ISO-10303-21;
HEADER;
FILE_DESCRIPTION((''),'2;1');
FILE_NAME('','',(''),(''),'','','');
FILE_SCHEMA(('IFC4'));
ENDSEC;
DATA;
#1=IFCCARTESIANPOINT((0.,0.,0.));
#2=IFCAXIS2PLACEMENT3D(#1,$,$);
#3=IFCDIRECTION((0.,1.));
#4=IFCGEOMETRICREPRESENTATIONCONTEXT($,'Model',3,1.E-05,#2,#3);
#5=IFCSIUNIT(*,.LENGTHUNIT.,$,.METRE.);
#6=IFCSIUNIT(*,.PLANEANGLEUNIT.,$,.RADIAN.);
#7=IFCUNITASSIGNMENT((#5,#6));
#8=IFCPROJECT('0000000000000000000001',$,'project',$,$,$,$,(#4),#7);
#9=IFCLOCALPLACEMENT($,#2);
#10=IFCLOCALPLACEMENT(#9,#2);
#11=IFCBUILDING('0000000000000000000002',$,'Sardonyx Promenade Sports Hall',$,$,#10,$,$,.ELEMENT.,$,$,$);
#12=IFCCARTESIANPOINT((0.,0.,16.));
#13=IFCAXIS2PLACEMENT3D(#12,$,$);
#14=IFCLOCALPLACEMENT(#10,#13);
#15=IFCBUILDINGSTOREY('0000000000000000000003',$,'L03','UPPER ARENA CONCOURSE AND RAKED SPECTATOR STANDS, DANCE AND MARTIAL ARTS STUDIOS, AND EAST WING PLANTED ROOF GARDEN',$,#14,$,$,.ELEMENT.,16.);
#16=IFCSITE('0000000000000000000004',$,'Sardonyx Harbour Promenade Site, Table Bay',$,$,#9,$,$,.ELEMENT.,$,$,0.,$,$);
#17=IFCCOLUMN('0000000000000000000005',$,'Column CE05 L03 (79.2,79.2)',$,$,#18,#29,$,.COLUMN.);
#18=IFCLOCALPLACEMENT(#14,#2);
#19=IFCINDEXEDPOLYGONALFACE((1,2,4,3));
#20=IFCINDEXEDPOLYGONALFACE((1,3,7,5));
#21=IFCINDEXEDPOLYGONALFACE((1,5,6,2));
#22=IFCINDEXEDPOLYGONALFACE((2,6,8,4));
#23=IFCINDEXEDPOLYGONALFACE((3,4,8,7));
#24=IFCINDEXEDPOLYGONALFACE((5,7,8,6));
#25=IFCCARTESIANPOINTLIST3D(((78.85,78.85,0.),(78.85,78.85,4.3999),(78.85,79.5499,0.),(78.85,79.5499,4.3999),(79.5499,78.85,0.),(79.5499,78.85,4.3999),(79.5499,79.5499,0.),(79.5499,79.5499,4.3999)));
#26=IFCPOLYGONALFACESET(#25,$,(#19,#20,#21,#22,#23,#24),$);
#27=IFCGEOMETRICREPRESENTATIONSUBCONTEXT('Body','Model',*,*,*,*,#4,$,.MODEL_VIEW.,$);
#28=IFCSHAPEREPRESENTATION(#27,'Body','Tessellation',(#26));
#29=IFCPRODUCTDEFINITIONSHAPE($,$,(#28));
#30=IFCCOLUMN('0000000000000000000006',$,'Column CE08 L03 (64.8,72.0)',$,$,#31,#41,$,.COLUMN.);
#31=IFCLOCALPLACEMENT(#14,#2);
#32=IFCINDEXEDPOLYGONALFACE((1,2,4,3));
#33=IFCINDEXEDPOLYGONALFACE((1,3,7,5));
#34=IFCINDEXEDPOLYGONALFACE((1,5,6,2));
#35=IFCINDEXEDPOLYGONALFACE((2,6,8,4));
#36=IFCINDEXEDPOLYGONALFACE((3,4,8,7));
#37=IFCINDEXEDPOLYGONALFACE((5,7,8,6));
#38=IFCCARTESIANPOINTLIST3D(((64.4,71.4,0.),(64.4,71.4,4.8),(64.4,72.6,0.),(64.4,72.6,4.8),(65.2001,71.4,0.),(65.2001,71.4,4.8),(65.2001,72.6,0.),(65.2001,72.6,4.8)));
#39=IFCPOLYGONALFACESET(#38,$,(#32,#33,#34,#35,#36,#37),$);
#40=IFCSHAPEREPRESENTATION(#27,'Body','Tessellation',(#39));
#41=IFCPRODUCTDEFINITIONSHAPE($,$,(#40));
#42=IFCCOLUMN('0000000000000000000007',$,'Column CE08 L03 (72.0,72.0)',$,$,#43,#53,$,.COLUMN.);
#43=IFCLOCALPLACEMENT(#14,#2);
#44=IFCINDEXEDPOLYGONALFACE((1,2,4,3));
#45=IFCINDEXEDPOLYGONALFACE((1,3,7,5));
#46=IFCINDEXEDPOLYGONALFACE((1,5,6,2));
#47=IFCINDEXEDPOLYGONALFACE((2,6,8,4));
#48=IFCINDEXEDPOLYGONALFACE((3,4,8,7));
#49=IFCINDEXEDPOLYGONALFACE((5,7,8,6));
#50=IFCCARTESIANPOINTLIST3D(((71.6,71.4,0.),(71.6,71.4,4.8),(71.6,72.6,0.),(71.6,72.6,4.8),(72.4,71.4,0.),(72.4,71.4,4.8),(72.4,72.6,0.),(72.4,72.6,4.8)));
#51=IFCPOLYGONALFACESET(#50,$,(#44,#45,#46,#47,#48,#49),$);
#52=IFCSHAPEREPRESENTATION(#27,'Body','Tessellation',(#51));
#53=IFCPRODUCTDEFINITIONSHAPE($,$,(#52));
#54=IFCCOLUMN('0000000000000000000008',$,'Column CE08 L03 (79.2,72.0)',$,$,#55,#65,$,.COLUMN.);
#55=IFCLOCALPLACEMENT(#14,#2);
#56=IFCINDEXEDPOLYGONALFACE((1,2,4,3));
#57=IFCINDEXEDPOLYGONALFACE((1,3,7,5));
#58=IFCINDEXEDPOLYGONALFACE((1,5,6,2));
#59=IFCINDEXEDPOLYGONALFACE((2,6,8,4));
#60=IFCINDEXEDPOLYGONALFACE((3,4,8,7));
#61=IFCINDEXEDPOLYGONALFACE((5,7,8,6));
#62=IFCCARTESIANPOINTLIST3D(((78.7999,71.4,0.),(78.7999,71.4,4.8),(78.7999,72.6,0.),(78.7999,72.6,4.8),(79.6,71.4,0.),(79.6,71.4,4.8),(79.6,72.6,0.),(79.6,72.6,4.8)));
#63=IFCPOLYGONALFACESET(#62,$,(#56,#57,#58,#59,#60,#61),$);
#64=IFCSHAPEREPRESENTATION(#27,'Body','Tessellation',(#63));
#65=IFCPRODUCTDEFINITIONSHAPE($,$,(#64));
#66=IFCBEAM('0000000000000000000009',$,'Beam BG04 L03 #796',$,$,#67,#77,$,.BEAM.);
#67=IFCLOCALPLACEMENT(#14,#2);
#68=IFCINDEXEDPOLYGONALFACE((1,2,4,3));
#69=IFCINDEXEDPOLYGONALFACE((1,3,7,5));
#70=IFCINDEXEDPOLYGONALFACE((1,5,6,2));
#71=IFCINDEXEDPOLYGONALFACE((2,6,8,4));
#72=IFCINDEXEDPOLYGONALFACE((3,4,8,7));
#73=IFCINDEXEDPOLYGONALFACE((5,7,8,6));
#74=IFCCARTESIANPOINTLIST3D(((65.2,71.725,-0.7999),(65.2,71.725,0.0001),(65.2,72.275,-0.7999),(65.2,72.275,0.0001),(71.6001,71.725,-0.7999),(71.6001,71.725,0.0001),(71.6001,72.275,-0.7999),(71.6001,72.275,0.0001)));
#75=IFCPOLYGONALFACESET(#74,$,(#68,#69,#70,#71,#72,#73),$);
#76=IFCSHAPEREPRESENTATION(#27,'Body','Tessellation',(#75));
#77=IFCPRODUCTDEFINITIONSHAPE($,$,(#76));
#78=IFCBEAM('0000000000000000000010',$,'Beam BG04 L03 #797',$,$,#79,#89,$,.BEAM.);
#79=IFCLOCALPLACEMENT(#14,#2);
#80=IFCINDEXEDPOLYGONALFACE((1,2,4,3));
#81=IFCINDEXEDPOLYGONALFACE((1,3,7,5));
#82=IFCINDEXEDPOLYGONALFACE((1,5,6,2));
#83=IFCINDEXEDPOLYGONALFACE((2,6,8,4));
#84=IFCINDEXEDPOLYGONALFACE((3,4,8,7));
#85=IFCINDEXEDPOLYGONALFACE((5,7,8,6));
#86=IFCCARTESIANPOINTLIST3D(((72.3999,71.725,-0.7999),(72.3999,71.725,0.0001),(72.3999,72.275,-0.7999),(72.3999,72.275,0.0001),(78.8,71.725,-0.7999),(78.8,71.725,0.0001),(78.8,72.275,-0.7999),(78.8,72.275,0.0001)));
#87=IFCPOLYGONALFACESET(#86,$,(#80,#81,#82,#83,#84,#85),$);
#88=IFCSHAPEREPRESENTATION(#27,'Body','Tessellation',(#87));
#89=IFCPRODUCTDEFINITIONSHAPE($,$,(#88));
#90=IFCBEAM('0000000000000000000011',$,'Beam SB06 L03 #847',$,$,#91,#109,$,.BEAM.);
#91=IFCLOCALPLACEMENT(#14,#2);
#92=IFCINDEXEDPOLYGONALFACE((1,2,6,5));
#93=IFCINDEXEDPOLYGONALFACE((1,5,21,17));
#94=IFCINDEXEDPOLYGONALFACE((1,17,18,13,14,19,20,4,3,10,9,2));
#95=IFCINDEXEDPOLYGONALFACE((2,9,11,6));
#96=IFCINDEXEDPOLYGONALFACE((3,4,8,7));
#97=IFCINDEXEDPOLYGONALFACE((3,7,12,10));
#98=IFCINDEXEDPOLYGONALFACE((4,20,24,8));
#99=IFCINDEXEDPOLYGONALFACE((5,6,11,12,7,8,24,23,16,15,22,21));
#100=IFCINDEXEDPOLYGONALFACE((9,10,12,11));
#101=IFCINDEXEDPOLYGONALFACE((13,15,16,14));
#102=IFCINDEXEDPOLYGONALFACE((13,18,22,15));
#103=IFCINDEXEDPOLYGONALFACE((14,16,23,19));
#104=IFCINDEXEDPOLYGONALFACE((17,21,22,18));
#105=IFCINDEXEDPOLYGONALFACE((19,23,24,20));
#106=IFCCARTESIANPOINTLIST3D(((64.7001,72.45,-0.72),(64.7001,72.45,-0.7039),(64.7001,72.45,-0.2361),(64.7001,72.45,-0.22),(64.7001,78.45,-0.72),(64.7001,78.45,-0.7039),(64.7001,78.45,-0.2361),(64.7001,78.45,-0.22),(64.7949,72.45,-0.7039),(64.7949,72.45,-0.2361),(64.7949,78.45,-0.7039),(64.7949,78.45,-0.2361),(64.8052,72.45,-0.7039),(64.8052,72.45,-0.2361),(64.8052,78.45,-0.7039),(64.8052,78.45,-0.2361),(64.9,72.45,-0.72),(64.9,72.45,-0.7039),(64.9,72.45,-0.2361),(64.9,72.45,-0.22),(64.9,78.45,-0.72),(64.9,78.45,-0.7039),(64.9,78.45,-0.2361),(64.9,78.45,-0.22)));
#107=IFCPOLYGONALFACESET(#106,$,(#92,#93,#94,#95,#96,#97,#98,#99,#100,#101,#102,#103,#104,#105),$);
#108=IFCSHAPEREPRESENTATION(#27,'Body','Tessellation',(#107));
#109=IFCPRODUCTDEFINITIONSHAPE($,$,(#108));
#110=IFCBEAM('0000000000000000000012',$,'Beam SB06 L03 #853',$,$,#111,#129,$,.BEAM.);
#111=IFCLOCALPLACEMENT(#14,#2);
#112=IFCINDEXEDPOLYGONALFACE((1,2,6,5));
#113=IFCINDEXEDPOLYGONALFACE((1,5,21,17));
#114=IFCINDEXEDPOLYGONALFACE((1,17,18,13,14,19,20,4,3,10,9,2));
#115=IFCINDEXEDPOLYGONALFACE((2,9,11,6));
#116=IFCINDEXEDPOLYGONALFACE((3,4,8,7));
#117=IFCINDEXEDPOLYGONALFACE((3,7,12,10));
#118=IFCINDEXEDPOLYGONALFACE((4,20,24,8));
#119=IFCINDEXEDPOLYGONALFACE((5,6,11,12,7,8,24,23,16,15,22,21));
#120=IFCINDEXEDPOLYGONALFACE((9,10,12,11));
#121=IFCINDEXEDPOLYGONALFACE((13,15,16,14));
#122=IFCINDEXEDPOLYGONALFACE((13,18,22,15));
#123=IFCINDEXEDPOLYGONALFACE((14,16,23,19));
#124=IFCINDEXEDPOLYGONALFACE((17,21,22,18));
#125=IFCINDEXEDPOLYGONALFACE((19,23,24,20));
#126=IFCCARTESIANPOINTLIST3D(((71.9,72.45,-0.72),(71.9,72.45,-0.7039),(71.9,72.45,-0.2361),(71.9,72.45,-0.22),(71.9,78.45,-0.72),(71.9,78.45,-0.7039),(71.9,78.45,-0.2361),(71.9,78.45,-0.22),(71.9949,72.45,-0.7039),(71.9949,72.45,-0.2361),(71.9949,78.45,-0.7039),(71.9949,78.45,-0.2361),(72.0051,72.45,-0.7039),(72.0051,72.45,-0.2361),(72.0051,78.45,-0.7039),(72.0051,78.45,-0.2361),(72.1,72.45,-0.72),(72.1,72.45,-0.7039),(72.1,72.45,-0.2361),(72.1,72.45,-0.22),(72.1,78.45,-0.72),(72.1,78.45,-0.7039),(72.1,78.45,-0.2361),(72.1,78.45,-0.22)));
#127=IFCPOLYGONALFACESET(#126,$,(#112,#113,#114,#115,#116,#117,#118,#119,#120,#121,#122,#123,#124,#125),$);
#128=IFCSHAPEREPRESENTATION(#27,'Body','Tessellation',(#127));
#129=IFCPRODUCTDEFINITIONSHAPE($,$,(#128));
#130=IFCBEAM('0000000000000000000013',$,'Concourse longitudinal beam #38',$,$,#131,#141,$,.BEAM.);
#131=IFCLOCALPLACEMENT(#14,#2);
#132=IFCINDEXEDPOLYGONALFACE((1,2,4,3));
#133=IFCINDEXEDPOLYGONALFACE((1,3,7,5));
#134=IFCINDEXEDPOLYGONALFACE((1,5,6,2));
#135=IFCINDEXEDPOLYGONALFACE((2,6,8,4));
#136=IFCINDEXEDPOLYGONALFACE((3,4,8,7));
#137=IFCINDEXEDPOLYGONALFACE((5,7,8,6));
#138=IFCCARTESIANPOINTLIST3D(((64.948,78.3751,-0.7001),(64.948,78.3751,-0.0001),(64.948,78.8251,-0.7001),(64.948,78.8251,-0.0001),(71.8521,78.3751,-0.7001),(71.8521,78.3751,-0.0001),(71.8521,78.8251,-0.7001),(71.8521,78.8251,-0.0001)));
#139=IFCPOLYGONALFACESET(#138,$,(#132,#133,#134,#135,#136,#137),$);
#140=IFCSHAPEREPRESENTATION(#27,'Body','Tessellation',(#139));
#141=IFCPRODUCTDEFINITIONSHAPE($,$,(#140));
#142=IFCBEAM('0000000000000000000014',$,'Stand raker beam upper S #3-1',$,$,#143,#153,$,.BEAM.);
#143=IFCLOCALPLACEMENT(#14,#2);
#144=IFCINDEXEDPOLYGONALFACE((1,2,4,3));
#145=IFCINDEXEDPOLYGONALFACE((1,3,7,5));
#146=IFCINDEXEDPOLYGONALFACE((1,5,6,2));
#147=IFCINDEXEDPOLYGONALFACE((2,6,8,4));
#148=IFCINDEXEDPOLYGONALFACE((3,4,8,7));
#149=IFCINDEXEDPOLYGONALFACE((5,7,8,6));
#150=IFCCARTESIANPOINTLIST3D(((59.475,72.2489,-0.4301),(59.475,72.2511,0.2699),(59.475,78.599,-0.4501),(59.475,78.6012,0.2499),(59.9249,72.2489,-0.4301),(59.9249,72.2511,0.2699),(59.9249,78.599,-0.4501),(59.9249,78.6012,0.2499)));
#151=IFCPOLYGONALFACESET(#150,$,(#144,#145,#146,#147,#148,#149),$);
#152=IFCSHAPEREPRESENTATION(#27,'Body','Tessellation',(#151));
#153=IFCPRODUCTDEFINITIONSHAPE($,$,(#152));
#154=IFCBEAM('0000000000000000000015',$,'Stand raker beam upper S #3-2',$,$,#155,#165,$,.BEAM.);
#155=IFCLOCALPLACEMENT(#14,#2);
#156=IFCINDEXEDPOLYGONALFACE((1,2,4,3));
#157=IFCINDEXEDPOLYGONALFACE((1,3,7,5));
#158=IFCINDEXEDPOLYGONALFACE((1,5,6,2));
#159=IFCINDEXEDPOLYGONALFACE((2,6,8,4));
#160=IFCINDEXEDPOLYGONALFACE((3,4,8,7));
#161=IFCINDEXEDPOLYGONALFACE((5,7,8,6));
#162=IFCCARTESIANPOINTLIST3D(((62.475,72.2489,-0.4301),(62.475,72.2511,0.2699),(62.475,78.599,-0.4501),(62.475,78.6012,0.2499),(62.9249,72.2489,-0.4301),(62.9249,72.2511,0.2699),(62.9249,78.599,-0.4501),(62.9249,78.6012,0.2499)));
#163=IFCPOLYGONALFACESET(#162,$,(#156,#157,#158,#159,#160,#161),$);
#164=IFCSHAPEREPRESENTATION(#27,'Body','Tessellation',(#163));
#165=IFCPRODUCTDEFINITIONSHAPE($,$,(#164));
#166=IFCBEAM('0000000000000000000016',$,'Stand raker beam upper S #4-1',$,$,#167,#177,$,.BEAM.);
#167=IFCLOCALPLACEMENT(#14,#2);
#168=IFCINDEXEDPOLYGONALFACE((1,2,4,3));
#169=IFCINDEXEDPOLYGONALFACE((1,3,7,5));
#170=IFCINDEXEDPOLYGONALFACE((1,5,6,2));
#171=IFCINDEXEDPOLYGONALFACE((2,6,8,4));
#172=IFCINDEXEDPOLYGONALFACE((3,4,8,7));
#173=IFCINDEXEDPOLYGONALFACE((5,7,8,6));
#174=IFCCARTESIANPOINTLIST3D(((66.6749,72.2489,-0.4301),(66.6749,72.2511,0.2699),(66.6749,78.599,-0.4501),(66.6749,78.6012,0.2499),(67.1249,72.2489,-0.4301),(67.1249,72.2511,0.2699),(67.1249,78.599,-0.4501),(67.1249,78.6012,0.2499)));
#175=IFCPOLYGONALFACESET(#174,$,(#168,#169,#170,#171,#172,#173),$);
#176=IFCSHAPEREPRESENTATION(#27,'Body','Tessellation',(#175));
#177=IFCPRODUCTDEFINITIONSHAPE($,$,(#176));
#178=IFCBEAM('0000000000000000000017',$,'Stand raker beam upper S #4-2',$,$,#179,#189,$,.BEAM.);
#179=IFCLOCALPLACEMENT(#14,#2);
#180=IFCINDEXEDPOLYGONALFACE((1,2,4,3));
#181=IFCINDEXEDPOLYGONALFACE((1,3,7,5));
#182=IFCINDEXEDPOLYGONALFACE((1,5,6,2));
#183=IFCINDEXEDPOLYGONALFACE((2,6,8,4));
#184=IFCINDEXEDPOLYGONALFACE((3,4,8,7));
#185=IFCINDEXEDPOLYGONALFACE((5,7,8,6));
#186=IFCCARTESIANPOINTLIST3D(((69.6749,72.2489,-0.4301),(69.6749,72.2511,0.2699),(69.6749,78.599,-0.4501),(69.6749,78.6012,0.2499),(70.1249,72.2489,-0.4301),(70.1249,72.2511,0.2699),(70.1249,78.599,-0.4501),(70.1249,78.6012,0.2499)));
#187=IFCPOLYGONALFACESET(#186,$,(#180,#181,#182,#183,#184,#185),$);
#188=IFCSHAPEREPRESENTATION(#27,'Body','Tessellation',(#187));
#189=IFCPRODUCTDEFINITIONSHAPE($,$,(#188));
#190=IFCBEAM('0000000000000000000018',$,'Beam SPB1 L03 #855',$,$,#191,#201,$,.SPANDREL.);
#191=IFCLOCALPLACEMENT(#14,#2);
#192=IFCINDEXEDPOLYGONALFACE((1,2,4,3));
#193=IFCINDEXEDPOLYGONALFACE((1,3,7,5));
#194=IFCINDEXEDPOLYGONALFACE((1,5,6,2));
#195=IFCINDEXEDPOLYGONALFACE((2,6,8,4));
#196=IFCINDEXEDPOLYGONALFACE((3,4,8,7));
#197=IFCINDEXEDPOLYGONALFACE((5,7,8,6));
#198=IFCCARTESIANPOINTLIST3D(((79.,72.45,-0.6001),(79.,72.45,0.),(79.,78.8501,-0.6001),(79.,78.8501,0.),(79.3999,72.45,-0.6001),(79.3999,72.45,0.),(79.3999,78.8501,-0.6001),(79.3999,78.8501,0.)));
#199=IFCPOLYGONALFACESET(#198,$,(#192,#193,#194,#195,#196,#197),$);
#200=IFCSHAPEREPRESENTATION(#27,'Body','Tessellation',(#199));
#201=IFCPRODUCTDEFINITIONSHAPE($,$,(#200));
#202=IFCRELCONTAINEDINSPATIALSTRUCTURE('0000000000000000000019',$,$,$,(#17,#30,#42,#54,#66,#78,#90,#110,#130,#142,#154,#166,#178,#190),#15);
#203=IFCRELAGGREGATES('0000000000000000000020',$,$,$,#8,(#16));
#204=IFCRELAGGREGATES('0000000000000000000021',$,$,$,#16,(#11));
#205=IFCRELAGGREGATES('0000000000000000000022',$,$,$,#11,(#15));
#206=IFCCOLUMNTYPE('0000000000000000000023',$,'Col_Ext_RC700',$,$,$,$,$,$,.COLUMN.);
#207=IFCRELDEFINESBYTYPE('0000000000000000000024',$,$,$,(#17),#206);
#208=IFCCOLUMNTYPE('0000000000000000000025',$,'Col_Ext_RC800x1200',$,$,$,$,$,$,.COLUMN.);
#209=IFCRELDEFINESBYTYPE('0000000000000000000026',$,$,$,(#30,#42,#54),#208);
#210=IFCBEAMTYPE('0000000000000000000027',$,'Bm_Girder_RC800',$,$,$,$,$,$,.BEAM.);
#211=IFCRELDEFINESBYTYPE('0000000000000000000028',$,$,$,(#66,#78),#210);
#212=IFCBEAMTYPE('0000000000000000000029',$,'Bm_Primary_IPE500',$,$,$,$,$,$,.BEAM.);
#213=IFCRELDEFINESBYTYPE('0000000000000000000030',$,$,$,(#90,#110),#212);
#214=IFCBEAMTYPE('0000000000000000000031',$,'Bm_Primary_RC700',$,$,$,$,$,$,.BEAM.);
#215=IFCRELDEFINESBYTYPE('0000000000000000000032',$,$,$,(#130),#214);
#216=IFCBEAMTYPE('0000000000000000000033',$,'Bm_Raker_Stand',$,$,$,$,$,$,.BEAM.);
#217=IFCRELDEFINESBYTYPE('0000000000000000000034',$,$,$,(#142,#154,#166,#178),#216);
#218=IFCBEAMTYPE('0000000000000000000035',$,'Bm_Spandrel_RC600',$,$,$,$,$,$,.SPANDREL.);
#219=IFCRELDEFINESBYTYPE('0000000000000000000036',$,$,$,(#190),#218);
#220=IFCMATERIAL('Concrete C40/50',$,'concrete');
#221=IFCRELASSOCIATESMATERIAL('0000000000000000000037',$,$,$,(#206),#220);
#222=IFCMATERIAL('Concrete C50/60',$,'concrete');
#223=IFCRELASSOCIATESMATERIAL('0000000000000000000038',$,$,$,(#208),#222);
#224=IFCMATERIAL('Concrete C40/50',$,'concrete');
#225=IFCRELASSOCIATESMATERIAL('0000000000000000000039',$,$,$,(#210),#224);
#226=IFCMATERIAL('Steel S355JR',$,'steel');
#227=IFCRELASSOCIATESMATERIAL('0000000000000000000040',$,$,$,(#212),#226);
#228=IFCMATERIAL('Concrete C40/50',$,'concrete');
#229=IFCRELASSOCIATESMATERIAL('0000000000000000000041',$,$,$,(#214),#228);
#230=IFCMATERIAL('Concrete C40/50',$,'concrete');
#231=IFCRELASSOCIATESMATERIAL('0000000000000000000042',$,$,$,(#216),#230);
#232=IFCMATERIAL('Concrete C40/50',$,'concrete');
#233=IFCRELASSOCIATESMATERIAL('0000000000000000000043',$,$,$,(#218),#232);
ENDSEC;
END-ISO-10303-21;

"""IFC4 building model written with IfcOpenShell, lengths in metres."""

from ifc_helpers import new_model, si_unit, direction, frame, origin, origin_2d, place, context, subcontext, project, spatial, rectangle, i_section, extrude, material, material_profile, profile_set, type_object, element, save


model = new_model("IFC4")

# Units and contexts
model_context = context("Model", 3, precision=1e-05, world=origin(), true_north=direction((0.0, 1.0)))
body_context = subcontext(model_context, "Body", "Model", "MODEL_VIEW")
ifc_project = project(units=[si_unit("LENGTHUNIT", "METRE"), si_unit("PLANEANGLEUNIT", "RADIAN")], contexts=[model_context])

# Site, building, storey
site_placement = place(None, origin())
site = spatial("IfcSite", under=ifc_project, at=site_placement, Name="Sardonyx Harbour Promenade Site, Table Bay", CompositionType="ELEMENT", RefElevation=0.0)
building_placement = place(site_placement, origin())
building = spatial("IfcBuilding", under=site, at=building_placement, Name="Sardonyx Promenade Sports Hall", CompositionType="ELEMENT")
storey_placement = place(building_placement, frame((0.0, 0.0, 16.0)))
storey = spatial("IfcBuildingStorey", under=building, at=storey_placement, Name="L03", Description="UPPER ARENA CONCOURSE AND RAKED SPECTATOR STANDS, DANCE AND MARTIAL ARTS STUDIOS, AND EAST WING PLANTED ROOF GARDEN", CompositionType="ELEMENT", Elevation=16.0)

# Columns
ifc_material_1 = material(Name="Concrete C40/50", Category="concrete")
ifc_material_profile_1 = material_profile(ifc_material_1, rectangle(XDim=0.7, YDim=0.7, at=origin_2d()))
ifc_profile_set_1 = profile_set([ifc_material_profile_1], Name="Concrete C40/50")
column_type_1 = type_object("IfcColumnType", Name="Col_Ext_RC700", PredefinedType="COLUMN", material=ifc_profile_set_1)
column_placement = place(storey_placement, frame((79.2, 79.2, 0.0), z_axis=(0.0, 0.0, 1.0), x_axis=(1.0, 0.0, 0.0)))
element("IfcColumn", 1, at=column_placement, inside=storey, type_object=column_type_1, Name="Column CE05 L03 (79.2,79.2)", PredefinedType="COLUMN", context=body_context, shape_type="SweptSolid", body=[
    extrude(rectangle(XDim=0.7, YDim=0.7, at=origin_2d()), origin(), (0.0, 0.0, 1.0), 4.3999),
])
ifc_material_2 = material(Name="Concrete C50/60", Category="concrete")
ifc_material_profile_2 = material_profile(ifc_material_2, rectangle(XDim=0.8, YDim=1.2, at=origin_2d()))
ifc_profile_set_2 = profile_set([ifc_material_profile_2], Name="Concrete C50/60")
column_type_2 = type_object("IfcColumnType", Name="Col_Ext_RC800x1200", PredefinedType="COLUMN", material=ifc_profile_set_2)
for number, where, z_axis, x_axis, name in (
    (2, (64.8, 72.0, 0.0), (0.0, 0.0, 1.0), (1.0, 0.0, 0.0), "Column CE08 L03 (64.8,72.0)"),
    (3, (72.0, 72.0, 0.0), (0.0, 0.0, 1.0), (1.0, 0.0, 0.0), "Column CE08 L03 (72.0,72.0)"),
    (4, (79.2, 72.0, 0.0), (0.0, 0.0, 1.0), (1.0, 0.0, 0.0), "Column CE08 L03 (79.2,72.0)"),
):
    element("IfcColumn", number, at=place(storey_placement, frame(where, z_axis=z_axis, x_axis=x_axis)), inside=storey, type_object=column_type_2, Name=name, PredefinedType="COLUMN", context=body_context, shape_type="SweptSolid", body=[
        extrude(rectangle(XDim=0.8, YDim=1.2, at=origin_2d()), origin(), (0.0, 0.0, 1.0), 4.8),
    ])

# Beams
ifc_material_3 = material(Name="Concrete C40/50", Category="concrete")
ifc_material_profile_3 = material_profile(ifc_material_3, rectangle(XDim=0.55, YDim=0.8, at=origin_2d()))
ifc_profile_set_3 = profile_set([ifc_material_profile_3], Name="Concrete C40/50")
beam_type_1 = type_object("IfcBeamType", Name="Bm_Girder_RC800", PredefinedType="BEAM", material=ifc_profile_set_3)
for number, where, z_axis, x_axis, name in (
    (5, (65.2, 72.0, -0.3999), (1.0, 0.0, 0.0), (0.0, 1.0, 0.0), "Beam BG04 L03 #796"),
    (6, (72.3999, 72.0, -0.3999), (1.0, 0.0, 0.0), (0.0, 1.0, 0.0), "Beam BG04 L03 #797"),
):
    element("IfcBeam", number, at=place(storey_placement, frame(where, z_axis=z_axis, x_axis=x_axis)), inside=storey, type_object=beam_type_1, Name=name, PredefinedType="BEAM", context=body_context, shape_type="SweptSolid", body=[
        extrude(rectangle(XDim=0.55, YDim=0.8, at=origin_2d()), origin(), (0.0, 0.0, 1.0), 6.4001),
    ])
ifc_material_4 = material(Name="Steel S355JR", Category="steel")
ifc_material_profile_4 = material_profile(ifc_material_4, i_section(OverallWidth=0.2, OverallDepth=0.5, WebThickness=0.0103, FlangeThickness=0.0161, at=origin_2d()))
ifc_profile_set_4 = profile_set([ifc_material_profile_4], Name="Steel S355JR")
beam_type_2 = type_object("IfcBeamType", Name="Bm_Primary_IPE500", PredefinedType="BEAM", material=ifc_profile_set_4)
for number, where, z_axis, x_axis, name in (
    (7, (64.8, 72.45, -0.47), (0.0, 1.0, 0.0), (-1.0, 0.0, 0.0), "Beam SB06 L03 #847"),
    (8, (72.0, 72.45, -0.47), (0.0, 1.0, 0.0), (-1.0, 0.0, 0.0), "Beam SB06 L03 #853"),
):
    element("IfcBeam", number, at=place(storey_placement, frame(where, z_axis=z_axis, x_axis=x_axis)), inside=storey, type_object=beam_type_2, Name=name, PredefinedType="BEAM", context=body_context, shape_type="SweptSolid", body=[
        extrude(i_section(OverallWidth=0.2, OverallDepth=0.5, WebThickness=0.0103, FlangeThickness=0.0161, at=origin_2d()), origin(), (0.0, 0.0, 1.0), 6.0),
    ])
ifc_material_5 = material(Name="Concrete C40/50", Category="concrete")
ifc_material_profile_5 = material_profile(ifc_material_5, rectangle(XDim=0.45, YDim=0.7, at=origin_2d()))
ifc_profile_set_5 = profile_set([ifc_material_profile_5], Name="Concrete C40/50")
beam_type_3 = type_object("IfcBeamType", Name="Bm_Primary_RC700", PredefinedType="BEAM", material=ifc_profile_set_5)
beam_1_placement = place(storey_placement, frame((64.948, 78.6001, -0.3501), z_axis=(1.0, 0.0, 0.0), x_axis=(0.0, 1.0, 0.0)))
element("IfcBeam", 9, at=beam_1_placement, inside=storey, type_object=beam_type_3, Name="Concourse longitudinal beam #38", PredefinedType="BEAM", context=body_context, shape_type="SweptSolid", body=[
    extrude(rectangle(XDim=0.45, YDim=0.7, at=origin_2d()), origin(), (0.0, 0.0, 1.0), 6.9041),
])
ifc_material_6 = material(Name="Concrete C40/50", Category="concrete")
ifc_material_profile_6 = material_profile(ifc_material_6, rectangle(XDim=0.45, YDim=0.7, at=origin_2d()))
ifc_profile_set_6 = profile_set([ifc_material_profile_6], Name="Concrete C40/50")
beam_type_4 = type_object("IfcBeamType", Name="Bm_Raker_Stand", PredefinedType="BEAM", material=ifc_profile_set_6)
for number, where, z_axis, x_axis, name in (
    (10, (59.7, 78.6001, -0.1001), (0.0, -0.999995, 0.003153), (1.0, 0.0, 0.0), "Stand raker beam upper S #3-1"),
    (11, (62.7, 78.6001, -0.1001), (0.0, -0.999995, 0.003153), (1.0, 0.0, 0.0), "Stand raker beam upper S #3-2"),
    (12, (66.8999, 78.6001, -0.1001), (0.0, -0.999995, 0.003153), (1.0, 0.0, 0.0), "Stand raker beam upper S #4-1"),
    (13, (69.8999, 78.6001, -0.1001), (0.0, -0.999995, 0.003153), (1.0, 0.0, 0.0), "Stand raker beam upper S #4-2"),
):
    element("IfcBeam", number, at=place(storey_placement, frame(where, z_axis=z_axis, x_axis=x_axis)), inside=storey, type_object=beam_type_4, Name=name, PredefinedType="BEAM", context=body_context, shape_type="SweptSolid", body=[
        extrude(rectangle(XDim=0.45, YDim=0.7, at=origin_2d()), origin(), (0.0, 0.0, 1.0), 6.3501),
    ])
ifc_material_7 = material(Name="Concrete C40/50", Category="concrete")
ifc_material_profile_7 = material_profile(ifc_material_7, rectangle(XDim=0.3999, YDim=0.6001, at=origin_2d()))
ifc_profile_set_7 = profile_set([ifc_material_profile_7], Name="Concrete C40/50")
beam_type_5 = type_object("IfcBeamType", Name="Bm_Spandrel_RC600", PredefinedType="SPANDREL", material=ifc_profile_set_7)
beam_2_placement = place(storey_placement, frame((79.2, 72.45, -0.3), z_axis=(0.0, 1.0, 0.0), x_axis=(-1.0, 0.0, 0.0)))
element("IfcBeam", 14, at=beam_2_placement, inside=storey, type_object=beam_type_5, Name="Beam SPB1 L03 #855", PredefinedType="SPANDREL", context=body_context, shape_type="SweptSolid", body=[
    extrude(rectangle(XDim=0.3999, YDim=0.6001, at=origin_2d()), origin(), (0.0, 0.0, 1.0), 6.4001),
])

save(model, "model.ifc")
